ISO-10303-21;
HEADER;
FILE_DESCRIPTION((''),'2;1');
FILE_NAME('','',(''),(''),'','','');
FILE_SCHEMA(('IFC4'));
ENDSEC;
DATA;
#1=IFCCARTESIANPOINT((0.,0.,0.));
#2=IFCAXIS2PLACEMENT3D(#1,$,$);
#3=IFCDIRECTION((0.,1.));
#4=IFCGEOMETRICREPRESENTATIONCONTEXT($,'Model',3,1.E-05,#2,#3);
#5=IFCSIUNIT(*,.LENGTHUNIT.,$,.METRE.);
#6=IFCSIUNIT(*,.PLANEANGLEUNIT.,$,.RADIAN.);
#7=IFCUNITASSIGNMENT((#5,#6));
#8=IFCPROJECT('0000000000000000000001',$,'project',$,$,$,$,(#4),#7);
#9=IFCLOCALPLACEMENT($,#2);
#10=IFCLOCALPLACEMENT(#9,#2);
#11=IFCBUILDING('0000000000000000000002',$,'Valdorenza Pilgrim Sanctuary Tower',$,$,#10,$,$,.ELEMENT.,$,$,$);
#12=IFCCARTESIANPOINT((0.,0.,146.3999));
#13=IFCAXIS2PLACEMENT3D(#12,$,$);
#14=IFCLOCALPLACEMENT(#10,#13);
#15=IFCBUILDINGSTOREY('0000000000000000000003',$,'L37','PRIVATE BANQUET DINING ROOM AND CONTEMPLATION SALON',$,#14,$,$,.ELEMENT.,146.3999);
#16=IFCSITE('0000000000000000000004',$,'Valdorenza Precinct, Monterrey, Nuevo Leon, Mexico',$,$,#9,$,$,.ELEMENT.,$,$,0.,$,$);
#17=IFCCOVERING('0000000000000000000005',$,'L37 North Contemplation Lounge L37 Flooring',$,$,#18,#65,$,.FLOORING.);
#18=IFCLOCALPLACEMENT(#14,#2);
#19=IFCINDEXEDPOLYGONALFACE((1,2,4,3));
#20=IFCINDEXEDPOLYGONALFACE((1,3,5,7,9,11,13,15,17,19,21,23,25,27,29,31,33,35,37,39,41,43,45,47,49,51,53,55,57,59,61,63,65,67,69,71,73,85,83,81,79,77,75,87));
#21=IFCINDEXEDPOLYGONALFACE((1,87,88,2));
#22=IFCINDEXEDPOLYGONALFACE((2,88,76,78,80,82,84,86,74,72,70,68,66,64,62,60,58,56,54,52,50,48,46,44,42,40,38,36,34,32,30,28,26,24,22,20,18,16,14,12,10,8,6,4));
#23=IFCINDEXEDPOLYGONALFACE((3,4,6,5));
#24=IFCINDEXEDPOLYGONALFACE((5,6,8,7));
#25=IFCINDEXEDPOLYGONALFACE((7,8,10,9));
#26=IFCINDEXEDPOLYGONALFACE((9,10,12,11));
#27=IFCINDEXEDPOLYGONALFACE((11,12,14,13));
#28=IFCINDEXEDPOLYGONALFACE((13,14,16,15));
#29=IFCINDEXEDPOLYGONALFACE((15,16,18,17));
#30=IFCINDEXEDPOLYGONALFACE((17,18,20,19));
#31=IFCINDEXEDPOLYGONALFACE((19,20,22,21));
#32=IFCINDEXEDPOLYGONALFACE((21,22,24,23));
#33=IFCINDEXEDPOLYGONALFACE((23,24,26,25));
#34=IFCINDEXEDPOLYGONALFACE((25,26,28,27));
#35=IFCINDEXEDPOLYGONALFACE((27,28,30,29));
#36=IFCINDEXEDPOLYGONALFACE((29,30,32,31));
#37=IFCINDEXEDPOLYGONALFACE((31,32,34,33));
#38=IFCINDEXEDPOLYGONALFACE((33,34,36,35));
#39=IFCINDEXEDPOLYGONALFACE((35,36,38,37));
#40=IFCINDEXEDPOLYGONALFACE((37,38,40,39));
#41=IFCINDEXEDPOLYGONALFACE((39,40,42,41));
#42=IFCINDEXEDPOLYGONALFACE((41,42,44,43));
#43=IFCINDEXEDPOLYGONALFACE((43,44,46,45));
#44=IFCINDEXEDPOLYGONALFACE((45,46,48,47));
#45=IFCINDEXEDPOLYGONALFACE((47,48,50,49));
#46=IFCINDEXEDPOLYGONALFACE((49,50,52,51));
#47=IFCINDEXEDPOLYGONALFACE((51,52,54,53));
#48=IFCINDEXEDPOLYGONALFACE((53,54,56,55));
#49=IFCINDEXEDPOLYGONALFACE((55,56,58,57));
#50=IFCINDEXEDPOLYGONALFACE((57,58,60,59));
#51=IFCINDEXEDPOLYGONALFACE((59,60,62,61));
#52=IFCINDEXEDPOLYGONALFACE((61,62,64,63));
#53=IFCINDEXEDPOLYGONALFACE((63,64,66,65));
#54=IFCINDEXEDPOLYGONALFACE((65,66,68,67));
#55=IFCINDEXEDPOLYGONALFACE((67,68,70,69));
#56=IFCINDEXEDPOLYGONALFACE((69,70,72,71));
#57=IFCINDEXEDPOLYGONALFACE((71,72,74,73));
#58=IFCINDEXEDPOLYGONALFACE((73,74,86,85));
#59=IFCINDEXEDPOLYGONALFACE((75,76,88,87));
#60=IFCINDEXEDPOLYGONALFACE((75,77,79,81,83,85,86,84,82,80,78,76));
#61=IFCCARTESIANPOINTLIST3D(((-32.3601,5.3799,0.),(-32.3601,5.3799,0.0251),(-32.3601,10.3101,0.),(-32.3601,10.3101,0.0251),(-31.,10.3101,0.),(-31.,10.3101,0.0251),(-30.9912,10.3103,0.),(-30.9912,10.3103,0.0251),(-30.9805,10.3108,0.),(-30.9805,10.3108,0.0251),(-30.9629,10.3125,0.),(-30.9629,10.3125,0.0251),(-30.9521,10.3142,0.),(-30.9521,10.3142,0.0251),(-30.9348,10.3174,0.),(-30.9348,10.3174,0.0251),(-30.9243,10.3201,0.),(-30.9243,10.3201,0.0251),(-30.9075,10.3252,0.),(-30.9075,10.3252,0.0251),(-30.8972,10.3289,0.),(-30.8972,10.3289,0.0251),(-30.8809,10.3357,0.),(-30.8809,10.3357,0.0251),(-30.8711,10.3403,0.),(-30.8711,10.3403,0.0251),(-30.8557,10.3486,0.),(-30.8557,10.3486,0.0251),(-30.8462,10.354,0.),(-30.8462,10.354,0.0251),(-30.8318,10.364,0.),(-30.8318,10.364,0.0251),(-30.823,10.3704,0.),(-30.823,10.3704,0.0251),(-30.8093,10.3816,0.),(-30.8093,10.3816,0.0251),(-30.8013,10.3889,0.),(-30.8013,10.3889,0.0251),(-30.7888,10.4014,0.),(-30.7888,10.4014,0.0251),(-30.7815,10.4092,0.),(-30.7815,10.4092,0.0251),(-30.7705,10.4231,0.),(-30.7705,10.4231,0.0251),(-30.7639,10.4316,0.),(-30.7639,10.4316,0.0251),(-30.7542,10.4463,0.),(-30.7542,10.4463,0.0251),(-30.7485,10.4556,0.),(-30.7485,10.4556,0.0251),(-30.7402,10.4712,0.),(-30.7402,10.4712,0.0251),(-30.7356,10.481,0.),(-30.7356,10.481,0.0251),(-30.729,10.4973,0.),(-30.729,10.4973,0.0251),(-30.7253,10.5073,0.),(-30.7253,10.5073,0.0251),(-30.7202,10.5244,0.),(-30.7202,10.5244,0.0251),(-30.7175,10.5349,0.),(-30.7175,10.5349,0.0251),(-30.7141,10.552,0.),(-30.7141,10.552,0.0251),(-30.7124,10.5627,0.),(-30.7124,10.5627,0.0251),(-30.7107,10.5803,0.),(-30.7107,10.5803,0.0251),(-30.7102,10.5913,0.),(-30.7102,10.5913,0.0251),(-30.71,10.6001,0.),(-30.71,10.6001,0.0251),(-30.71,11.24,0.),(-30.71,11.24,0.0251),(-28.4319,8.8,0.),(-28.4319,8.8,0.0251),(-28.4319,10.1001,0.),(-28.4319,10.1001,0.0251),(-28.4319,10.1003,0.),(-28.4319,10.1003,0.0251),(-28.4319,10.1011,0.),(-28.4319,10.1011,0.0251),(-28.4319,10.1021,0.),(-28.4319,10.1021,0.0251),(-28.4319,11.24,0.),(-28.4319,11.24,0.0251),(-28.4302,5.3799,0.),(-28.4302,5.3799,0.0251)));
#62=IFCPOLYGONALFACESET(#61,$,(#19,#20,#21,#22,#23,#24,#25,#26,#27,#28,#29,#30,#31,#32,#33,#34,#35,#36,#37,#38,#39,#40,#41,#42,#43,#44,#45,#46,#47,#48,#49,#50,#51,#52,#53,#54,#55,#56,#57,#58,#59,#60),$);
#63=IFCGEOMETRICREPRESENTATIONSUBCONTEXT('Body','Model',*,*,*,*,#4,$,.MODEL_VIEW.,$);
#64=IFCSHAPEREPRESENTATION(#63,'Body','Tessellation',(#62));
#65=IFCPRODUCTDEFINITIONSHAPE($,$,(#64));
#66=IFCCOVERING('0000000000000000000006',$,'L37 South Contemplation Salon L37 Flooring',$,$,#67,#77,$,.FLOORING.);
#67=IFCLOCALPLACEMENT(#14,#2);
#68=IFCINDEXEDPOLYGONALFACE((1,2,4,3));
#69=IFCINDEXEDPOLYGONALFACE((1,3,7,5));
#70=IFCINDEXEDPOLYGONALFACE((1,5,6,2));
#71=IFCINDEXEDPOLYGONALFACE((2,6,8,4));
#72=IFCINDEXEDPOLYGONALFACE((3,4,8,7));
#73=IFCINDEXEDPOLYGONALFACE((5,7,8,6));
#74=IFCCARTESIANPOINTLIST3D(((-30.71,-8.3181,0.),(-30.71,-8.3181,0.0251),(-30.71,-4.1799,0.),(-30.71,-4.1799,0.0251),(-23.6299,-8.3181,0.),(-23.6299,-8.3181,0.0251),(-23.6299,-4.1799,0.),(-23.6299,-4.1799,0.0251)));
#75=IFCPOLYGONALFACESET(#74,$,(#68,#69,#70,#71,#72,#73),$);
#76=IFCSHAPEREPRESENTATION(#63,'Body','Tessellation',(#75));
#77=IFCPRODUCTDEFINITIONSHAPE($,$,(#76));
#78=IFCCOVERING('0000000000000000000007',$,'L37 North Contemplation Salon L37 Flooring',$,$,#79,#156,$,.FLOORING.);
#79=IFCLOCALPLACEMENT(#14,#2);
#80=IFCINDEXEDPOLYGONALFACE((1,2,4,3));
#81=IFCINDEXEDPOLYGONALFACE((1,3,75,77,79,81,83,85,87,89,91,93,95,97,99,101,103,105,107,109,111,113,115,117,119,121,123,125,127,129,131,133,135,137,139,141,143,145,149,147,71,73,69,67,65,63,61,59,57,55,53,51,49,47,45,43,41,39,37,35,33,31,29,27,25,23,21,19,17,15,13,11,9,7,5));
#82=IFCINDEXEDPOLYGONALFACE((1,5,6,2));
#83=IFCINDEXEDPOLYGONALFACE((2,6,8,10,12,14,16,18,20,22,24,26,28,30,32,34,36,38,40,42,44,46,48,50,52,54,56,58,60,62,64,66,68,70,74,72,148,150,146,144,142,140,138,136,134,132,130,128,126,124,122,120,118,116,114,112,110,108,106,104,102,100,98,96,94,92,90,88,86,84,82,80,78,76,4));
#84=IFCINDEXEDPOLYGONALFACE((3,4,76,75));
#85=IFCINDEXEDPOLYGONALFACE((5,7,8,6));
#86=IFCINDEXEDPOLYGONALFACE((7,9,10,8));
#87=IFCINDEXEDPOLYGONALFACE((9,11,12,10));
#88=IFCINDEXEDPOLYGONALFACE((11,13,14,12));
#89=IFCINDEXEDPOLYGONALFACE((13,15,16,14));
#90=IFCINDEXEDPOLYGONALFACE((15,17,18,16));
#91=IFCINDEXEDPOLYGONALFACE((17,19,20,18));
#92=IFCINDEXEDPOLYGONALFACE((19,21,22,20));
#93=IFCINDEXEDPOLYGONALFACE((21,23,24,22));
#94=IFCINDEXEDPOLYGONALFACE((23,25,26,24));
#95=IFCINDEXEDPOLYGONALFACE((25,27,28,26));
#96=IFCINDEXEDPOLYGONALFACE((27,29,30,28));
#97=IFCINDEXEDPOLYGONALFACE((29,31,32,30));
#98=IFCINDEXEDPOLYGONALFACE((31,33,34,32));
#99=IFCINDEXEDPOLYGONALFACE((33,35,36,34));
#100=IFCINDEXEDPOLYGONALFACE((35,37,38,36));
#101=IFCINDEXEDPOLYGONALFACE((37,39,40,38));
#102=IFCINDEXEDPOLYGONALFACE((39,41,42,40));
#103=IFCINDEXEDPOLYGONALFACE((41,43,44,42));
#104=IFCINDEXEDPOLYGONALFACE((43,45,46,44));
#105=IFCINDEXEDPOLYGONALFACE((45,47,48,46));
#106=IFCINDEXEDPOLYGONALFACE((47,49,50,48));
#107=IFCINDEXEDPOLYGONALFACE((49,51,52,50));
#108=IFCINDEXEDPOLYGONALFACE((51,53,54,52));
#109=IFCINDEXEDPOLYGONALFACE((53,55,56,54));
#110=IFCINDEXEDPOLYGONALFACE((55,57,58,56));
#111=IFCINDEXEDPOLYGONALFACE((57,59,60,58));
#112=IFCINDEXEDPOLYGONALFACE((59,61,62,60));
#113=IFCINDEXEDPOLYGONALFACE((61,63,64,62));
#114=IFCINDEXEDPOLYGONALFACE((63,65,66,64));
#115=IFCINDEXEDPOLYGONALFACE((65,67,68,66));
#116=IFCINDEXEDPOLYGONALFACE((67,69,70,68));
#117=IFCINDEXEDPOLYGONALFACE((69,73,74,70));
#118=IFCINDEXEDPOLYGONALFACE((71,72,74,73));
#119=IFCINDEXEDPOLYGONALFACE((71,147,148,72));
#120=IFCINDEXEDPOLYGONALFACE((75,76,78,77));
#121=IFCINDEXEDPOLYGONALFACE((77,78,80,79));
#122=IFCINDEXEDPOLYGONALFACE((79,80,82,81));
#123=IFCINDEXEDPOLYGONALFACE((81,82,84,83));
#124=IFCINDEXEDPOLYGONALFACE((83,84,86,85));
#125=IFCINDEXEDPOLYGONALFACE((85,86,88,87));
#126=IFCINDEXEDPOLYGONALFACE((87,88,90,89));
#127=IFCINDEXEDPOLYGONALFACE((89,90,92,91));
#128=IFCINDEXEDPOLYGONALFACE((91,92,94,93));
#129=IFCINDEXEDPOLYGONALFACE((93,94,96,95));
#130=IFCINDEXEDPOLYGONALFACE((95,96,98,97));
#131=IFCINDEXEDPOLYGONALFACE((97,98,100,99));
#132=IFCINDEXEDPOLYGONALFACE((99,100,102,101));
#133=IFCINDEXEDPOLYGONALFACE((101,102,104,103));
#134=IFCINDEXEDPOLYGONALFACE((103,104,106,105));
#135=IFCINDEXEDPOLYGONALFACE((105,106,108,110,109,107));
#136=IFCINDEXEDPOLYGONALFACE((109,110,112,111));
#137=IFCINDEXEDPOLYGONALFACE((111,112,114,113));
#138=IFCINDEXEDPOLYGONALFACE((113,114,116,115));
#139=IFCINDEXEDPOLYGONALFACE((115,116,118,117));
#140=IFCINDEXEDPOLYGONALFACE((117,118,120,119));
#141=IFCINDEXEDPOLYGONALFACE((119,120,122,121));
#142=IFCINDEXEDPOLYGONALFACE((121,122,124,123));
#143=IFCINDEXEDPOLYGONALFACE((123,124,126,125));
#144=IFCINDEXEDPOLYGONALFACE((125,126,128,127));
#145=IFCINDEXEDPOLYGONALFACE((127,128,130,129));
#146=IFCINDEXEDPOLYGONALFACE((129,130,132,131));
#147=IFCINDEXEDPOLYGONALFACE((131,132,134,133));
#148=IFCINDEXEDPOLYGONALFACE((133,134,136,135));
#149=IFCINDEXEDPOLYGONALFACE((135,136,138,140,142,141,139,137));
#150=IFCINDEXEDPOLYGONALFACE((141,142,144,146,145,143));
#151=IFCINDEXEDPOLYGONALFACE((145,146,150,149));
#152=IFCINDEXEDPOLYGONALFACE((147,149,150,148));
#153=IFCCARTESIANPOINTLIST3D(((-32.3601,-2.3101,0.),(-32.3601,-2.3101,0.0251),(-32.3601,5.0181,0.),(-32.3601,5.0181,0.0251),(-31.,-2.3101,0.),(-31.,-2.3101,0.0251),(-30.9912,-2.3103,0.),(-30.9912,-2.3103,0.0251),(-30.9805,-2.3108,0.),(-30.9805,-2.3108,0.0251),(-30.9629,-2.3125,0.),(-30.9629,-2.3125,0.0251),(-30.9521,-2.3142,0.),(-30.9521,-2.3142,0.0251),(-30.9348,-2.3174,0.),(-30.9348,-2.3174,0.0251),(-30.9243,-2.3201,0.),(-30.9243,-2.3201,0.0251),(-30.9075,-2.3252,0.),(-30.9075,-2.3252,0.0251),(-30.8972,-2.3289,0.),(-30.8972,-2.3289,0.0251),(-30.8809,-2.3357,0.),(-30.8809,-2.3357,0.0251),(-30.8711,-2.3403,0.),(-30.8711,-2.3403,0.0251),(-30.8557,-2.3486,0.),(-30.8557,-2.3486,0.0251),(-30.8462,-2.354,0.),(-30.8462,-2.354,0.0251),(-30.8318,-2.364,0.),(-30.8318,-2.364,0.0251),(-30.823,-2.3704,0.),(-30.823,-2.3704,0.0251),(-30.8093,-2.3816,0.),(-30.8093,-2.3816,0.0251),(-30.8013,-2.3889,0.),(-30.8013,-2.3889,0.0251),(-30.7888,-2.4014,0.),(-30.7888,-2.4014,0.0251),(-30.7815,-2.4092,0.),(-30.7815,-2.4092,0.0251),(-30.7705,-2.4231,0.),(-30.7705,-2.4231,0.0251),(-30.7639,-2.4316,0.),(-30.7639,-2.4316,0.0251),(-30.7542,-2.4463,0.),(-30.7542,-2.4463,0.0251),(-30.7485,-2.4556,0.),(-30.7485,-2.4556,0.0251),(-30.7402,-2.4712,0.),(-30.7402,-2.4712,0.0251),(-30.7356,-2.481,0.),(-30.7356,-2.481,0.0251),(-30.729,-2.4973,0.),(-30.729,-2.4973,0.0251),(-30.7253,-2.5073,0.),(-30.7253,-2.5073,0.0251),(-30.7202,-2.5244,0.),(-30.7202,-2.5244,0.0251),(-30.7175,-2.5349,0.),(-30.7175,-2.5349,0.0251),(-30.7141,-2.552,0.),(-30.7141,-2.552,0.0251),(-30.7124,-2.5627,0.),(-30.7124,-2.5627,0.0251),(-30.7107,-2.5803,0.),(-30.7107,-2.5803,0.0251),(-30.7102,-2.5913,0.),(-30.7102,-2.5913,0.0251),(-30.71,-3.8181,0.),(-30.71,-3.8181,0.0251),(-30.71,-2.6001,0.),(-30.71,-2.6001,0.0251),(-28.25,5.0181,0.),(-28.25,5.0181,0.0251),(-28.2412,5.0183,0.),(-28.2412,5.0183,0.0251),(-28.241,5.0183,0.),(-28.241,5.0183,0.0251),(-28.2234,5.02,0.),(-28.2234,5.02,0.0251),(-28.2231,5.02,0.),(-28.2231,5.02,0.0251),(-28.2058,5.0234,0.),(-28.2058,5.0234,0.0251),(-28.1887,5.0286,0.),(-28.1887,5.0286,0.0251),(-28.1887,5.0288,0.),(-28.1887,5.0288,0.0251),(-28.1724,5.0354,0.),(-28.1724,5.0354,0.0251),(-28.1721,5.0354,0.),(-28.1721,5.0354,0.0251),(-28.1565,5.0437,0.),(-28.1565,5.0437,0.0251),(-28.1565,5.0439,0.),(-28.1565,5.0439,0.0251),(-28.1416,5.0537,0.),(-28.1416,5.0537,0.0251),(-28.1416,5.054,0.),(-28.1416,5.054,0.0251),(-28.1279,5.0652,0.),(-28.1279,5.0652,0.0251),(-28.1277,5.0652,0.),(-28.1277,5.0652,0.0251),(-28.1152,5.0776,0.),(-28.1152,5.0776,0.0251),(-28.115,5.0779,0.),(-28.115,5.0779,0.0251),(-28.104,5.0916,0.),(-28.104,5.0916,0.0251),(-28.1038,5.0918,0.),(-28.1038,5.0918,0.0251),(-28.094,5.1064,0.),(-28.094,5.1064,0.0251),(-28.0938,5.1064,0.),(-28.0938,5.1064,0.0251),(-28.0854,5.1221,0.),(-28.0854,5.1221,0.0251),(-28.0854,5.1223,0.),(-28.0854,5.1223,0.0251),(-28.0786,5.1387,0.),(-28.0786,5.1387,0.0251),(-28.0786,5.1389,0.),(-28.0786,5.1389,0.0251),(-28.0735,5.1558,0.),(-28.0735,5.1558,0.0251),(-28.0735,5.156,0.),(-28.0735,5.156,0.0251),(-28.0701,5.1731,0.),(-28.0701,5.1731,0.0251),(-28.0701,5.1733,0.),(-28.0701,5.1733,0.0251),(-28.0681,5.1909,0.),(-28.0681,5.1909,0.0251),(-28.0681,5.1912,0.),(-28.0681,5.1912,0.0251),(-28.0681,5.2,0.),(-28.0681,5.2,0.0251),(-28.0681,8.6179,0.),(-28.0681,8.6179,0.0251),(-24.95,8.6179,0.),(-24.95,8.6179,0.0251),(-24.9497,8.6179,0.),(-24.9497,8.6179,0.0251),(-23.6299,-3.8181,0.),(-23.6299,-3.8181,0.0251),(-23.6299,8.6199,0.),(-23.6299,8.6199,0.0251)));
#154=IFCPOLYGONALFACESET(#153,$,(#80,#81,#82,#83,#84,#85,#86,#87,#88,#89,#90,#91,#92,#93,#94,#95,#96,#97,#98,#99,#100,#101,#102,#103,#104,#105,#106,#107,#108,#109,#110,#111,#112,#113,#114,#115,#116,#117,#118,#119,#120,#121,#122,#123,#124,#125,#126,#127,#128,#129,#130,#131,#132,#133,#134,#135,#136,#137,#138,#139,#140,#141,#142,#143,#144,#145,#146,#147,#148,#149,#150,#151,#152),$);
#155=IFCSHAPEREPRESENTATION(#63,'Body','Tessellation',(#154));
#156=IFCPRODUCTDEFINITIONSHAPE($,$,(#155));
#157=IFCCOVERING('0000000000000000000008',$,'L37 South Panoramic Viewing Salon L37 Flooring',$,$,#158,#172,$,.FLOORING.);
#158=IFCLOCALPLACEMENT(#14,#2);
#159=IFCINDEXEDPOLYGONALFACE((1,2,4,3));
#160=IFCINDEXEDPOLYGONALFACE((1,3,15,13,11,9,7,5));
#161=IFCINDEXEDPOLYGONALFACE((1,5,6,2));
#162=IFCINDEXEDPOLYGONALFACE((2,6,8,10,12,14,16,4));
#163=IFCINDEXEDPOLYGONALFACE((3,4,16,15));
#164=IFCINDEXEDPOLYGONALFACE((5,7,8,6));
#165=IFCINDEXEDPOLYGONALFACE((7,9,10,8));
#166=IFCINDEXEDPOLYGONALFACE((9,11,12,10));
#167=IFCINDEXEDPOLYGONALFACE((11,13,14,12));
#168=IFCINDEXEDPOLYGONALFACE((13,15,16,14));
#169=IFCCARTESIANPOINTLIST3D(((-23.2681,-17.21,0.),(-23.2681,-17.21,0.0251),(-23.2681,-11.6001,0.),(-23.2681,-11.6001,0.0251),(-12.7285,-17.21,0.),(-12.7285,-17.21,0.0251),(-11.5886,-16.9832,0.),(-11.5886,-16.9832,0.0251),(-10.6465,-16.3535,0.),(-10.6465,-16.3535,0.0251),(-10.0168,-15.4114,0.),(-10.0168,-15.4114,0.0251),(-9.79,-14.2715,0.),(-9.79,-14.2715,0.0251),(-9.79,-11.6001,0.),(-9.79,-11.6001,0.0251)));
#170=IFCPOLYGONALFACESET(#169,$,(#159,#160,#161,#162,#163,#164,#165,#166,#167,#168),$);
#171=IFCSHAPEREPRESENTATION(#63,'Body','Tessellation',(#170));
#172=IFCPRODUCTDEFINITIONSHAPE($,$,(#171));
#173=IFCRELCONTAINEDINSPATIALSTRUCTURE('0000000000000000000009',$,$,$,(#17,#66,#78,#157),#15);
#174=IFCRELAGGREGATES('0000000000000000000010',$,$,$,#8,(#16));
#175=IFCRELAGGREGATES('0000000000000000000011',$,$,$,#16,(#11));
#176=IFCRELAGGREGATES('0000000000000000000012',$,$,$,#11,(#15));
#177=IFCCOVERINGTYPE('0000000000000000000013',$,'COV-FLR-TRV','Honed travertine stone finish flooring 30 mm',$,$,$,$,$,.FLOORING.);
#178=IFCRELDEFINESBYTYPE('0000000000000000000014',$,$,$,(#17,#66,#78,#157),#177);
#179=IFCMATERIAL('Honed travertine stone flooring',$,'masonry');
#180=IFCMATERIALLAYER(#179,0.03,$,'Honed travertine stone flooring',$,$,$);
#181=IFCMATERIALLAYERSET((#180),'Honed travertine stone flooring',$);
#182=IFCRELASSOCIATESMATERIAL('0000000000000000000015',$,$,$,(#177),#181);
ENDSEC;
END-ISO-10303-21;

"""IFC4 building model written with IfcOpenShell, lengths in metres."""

from ifc_helpers import new_model, si_unit, direction, frame, origin, place, context, subcontext, project, spatial, polyline, outline, extrude, material, layer, layer_set, type_object, element, save


model = new_model("IFC4")

# Units and contexts
model_context = context("Model", 3, precision=1e-05, world=origin(), true_north=direction((0.0, 1.0)))
body_context = subcontext(model_context, "Body", "Model", "MODEL_VIEW")
ifc_project = project(units=[si_unit("LENGTHUNIT", "METRE"), si_unit("PLANEANGLEUNIT", "RADIAN")], contexts=[model_context])

# Site, building, storey
site_placement = place(None, origin())
site = spatial("IfcSite", under=ifc_project, at=site_placement, Name="Valdorenza Precinct, Monterrey, Nuevo Leon, Mexico", CompositionType="ELEMENT", RefElevation=0.0)
building_placement = place(site_placement, origin())
building = spatial("IfcBuilding", under=site, at=building_placement, Name="Valdorenza Pilgrim Sanctuary Tower", CompositionType="ELEMENT")
storey_placement = place(building_placement, frame((0.0, 0.0, 146.3999)))
storey = spatial("IfcBuildingStorey", under=building, at=storey_placement, Name="L37", Description="PRIVATE BANQUET DINING ROOM AND CONTEMPLATION SALON", CompositionType="ELEMENT", Elevation=146.3999)

# Coverings
ifc_material_1 = material(Name="Honed travertine stone flooring", Category="masonry")
ifc_layer_1 = layer(ifc_material_1, 0.03, Name="Honed travertine stone flooring")
ifc_layer_set_1 = layer_set([ifc_layer_1], Name="Honed travertine stone flooring")
covering_type_1 = type_object("IfcCoveringType", Name="COV-FLR-TRV", Description="Honed travertine stone finish flooring 30 mm", PredefinedType="FLOORING", material=ifc_layer_set_1)
covering_1_placement = place(storey_placement, origin())
element("IfcCovering", 1, at=covering_1_placement, inside=storey, type_object=covering_type_1, Name="L37 North Contemplation Lounge L37 Flooring", PredefinedType="FLOORING", context=body_context, shape_type="SweptSolid", body=[
    extrude(outline(polyline([(-28.4319, 11.24), (-28.4319, 10.1021), (-28.4319, 10.1011), (-28.4319, 10.1003), (-28.4319, 10.1001), (-28.4319, 8.8), (-28.4302, 5.3799), (-32.3601, 5.3799), (-32.3601, 10.3101), (-31.0, 10.3101), (-30.9912, 10.3103), (-30.9805, 10.3108), (-30.9629, 10.3125), (-30.9521, 10.3142), (-30.9348, 10.3174), (-30.9243, 10.3201), (-30.9075, 10.3252), (-30.8972, 10.3289), (-30.8809, 10.3357), (-30.8711, 10.3403), (-30.8557, 10.3486), (-30.8462, 10.354), (-30.8318, 10.364), (-30.823, 10.3704), (-30.8093, 10.3816), (-30.8013, 10.3889), (-30.7888, 10.4014), (-30.7815, 10.4092), (-30.7705, 10.4231), (-30.7639, 10.4316), (-30.7542, 10.4463), (-30.7485, 10.4556), (-30.7402, 10.4712), (-30.7356, 10.481), (-30.729, 10.4973), (-30.7253, 10.5073), (-30.7202, 10.5244), (-30.7175, 10.5349), (-30.7141, 10.552), (-30.7124, 10.5627), (-30.7107, 10.5803), (-30.7102, 10.5913), (-30.71, 10.6001), (-30.71, 11.24), (-28.4319, 11.24)])), origin(), (0.0, 0.0, 1.0), 0.0251),
])
covering_2_placement = place(storey_placement, origin())
element("IfcCovering", 2, at=covering_2_placement, inside=storey, type_object=covering_type_1, Name="L37 South Contemplation Salon L37 Flooring", PredefinedType="FLOORING", context=body_context, shape_type="SweptSolid", body=[
    extrude(outline(polyline([(-23.6299, -8.3181), (-30.71, -8.3181), (-30.71, -4.1799), (-23.6299, -4.1799), (-23.6299, -8.3181)])), origin(), (0.0, 0.0, 1.0), 0.0251),
])
covering_3_placement = place(storey_placement, origin())
element("IfcCovering", 3, at=covering_3_placement, inside=storey, type_object=covering_type_1, Name="L37 North Contemplation Salon L37 Flooring", PredefinedType="FLOORING", context=body_context, shape_type="SweptSolid", body=[
    extrude(outline(polyline([(-23.6299, 8.6199), (-23.6299, -3.8181), (-30.71, -3.8181), (-30.71, -2.6001), (-30.7102, -2.5913), (-30.7107, -2.5803), (-30.7124, -2.5627), (-30.7141, -2.552), (-30.7175, -2.5349), (-30.7202, -2.5244), (-30.7253, -2.5073), (-30.729, -2.4973), (-30.7356, -2.481), (-30.7402, -2.4712), (-30.7485, -2.4556), (-30.7542, -2.4463), (-30.7639, -2.4316), (-30.7705, -2.4231), (-30.7815, -2.4092), (-30.7888, -2.4014), (-30.8013, -2.3889), (-30.8093, -2.3816), (-30.823, -2.3704), (-30.8318, -2.364), (-30.8462, -2.354), (-30.8557, -2.3486), (-30.8711, -2.3403), (-30.8809, -2.3357), (-30.8972, -2.3289), (-30.9075, -2.3252), (-30.9243, -2.3201), (-30.9348, -2.3174), (-30.9521, -2.3142), (-30.9629, -2.3125), (-30.9805, -2.3108), (-30.9912, -2.3103), (-31.0, -2.3101), (-32.3601, -2.3101), (-32.3601, 5.0181), (-28.25, 5.0181), (-28.2412, 5.0183), (-28.241, 5.0183), (-28.2234, 5.02), (-28.2231, 5.02), (-28.2058, 5.0234), (-28.2058, 5.0234), (-28.1887, 5.0286), (-28.1887, 5.0288), (-28.1724, 5.0354), (-28.1721, 5.0354), (-28.1565, 5.0437), (-28.1565, 5.0439), (-28.1416, 5.0537), (-28.1416, 5.054), (-28.1279, 5.0652), (-28.1277, 5.0652), (-28.1152, 5.0776), (-28.115, 5.0779), (-28.104, 5.0916), (-28.1038, 5.0918), (-28.094, 5.1064), (-28.0938, 5.1064), (-28.0854, 5.1221), (-28.0854, 5.1223), (-28.0786, 5.1387), (-28.0786, 5.1389), (-28.0735, 5.1558), (-28.0735, 5.156), (-28.0701, 5.1731), (-28.0701, 5.1733), (-28.0681, 5.1909), (-28.0681, 5.1912), (-28.0681, 5.2), (-28.0681, 8.6179), (-24.95, 8.6179), (-24.9497, 8.6179), (-23.6299, 8.6199)])), origin(), (0.0, 0.0, 1.0), 0.0251),
])
covering_4_placement = place(storey_placement, origin())
element("IfcCovering", 4, at=covering_4_placement, inside=storey, type_object=covering_type_1, Name="L37 South Panoramic Viewing Salon L37 Flooring", PredefinedType="FLOORING", context=body_context, shape_type="SweptSolid", body=[
    extrude(outline(polyline([(-9.79, -11.6001), (-9.79, -14.2715), (-10.0168, -15.4114), (-10.6465, -16.3535), (-11.5886, -16.9832), (-12.7285, -17.21), (-23.2681, -17.21), (-23.2681, -11.6001), (-9.79, -11.6001)])), origin(), (0.0, 0.0, 1.0), 0.0251),
])

save(model, "model.ifc")
